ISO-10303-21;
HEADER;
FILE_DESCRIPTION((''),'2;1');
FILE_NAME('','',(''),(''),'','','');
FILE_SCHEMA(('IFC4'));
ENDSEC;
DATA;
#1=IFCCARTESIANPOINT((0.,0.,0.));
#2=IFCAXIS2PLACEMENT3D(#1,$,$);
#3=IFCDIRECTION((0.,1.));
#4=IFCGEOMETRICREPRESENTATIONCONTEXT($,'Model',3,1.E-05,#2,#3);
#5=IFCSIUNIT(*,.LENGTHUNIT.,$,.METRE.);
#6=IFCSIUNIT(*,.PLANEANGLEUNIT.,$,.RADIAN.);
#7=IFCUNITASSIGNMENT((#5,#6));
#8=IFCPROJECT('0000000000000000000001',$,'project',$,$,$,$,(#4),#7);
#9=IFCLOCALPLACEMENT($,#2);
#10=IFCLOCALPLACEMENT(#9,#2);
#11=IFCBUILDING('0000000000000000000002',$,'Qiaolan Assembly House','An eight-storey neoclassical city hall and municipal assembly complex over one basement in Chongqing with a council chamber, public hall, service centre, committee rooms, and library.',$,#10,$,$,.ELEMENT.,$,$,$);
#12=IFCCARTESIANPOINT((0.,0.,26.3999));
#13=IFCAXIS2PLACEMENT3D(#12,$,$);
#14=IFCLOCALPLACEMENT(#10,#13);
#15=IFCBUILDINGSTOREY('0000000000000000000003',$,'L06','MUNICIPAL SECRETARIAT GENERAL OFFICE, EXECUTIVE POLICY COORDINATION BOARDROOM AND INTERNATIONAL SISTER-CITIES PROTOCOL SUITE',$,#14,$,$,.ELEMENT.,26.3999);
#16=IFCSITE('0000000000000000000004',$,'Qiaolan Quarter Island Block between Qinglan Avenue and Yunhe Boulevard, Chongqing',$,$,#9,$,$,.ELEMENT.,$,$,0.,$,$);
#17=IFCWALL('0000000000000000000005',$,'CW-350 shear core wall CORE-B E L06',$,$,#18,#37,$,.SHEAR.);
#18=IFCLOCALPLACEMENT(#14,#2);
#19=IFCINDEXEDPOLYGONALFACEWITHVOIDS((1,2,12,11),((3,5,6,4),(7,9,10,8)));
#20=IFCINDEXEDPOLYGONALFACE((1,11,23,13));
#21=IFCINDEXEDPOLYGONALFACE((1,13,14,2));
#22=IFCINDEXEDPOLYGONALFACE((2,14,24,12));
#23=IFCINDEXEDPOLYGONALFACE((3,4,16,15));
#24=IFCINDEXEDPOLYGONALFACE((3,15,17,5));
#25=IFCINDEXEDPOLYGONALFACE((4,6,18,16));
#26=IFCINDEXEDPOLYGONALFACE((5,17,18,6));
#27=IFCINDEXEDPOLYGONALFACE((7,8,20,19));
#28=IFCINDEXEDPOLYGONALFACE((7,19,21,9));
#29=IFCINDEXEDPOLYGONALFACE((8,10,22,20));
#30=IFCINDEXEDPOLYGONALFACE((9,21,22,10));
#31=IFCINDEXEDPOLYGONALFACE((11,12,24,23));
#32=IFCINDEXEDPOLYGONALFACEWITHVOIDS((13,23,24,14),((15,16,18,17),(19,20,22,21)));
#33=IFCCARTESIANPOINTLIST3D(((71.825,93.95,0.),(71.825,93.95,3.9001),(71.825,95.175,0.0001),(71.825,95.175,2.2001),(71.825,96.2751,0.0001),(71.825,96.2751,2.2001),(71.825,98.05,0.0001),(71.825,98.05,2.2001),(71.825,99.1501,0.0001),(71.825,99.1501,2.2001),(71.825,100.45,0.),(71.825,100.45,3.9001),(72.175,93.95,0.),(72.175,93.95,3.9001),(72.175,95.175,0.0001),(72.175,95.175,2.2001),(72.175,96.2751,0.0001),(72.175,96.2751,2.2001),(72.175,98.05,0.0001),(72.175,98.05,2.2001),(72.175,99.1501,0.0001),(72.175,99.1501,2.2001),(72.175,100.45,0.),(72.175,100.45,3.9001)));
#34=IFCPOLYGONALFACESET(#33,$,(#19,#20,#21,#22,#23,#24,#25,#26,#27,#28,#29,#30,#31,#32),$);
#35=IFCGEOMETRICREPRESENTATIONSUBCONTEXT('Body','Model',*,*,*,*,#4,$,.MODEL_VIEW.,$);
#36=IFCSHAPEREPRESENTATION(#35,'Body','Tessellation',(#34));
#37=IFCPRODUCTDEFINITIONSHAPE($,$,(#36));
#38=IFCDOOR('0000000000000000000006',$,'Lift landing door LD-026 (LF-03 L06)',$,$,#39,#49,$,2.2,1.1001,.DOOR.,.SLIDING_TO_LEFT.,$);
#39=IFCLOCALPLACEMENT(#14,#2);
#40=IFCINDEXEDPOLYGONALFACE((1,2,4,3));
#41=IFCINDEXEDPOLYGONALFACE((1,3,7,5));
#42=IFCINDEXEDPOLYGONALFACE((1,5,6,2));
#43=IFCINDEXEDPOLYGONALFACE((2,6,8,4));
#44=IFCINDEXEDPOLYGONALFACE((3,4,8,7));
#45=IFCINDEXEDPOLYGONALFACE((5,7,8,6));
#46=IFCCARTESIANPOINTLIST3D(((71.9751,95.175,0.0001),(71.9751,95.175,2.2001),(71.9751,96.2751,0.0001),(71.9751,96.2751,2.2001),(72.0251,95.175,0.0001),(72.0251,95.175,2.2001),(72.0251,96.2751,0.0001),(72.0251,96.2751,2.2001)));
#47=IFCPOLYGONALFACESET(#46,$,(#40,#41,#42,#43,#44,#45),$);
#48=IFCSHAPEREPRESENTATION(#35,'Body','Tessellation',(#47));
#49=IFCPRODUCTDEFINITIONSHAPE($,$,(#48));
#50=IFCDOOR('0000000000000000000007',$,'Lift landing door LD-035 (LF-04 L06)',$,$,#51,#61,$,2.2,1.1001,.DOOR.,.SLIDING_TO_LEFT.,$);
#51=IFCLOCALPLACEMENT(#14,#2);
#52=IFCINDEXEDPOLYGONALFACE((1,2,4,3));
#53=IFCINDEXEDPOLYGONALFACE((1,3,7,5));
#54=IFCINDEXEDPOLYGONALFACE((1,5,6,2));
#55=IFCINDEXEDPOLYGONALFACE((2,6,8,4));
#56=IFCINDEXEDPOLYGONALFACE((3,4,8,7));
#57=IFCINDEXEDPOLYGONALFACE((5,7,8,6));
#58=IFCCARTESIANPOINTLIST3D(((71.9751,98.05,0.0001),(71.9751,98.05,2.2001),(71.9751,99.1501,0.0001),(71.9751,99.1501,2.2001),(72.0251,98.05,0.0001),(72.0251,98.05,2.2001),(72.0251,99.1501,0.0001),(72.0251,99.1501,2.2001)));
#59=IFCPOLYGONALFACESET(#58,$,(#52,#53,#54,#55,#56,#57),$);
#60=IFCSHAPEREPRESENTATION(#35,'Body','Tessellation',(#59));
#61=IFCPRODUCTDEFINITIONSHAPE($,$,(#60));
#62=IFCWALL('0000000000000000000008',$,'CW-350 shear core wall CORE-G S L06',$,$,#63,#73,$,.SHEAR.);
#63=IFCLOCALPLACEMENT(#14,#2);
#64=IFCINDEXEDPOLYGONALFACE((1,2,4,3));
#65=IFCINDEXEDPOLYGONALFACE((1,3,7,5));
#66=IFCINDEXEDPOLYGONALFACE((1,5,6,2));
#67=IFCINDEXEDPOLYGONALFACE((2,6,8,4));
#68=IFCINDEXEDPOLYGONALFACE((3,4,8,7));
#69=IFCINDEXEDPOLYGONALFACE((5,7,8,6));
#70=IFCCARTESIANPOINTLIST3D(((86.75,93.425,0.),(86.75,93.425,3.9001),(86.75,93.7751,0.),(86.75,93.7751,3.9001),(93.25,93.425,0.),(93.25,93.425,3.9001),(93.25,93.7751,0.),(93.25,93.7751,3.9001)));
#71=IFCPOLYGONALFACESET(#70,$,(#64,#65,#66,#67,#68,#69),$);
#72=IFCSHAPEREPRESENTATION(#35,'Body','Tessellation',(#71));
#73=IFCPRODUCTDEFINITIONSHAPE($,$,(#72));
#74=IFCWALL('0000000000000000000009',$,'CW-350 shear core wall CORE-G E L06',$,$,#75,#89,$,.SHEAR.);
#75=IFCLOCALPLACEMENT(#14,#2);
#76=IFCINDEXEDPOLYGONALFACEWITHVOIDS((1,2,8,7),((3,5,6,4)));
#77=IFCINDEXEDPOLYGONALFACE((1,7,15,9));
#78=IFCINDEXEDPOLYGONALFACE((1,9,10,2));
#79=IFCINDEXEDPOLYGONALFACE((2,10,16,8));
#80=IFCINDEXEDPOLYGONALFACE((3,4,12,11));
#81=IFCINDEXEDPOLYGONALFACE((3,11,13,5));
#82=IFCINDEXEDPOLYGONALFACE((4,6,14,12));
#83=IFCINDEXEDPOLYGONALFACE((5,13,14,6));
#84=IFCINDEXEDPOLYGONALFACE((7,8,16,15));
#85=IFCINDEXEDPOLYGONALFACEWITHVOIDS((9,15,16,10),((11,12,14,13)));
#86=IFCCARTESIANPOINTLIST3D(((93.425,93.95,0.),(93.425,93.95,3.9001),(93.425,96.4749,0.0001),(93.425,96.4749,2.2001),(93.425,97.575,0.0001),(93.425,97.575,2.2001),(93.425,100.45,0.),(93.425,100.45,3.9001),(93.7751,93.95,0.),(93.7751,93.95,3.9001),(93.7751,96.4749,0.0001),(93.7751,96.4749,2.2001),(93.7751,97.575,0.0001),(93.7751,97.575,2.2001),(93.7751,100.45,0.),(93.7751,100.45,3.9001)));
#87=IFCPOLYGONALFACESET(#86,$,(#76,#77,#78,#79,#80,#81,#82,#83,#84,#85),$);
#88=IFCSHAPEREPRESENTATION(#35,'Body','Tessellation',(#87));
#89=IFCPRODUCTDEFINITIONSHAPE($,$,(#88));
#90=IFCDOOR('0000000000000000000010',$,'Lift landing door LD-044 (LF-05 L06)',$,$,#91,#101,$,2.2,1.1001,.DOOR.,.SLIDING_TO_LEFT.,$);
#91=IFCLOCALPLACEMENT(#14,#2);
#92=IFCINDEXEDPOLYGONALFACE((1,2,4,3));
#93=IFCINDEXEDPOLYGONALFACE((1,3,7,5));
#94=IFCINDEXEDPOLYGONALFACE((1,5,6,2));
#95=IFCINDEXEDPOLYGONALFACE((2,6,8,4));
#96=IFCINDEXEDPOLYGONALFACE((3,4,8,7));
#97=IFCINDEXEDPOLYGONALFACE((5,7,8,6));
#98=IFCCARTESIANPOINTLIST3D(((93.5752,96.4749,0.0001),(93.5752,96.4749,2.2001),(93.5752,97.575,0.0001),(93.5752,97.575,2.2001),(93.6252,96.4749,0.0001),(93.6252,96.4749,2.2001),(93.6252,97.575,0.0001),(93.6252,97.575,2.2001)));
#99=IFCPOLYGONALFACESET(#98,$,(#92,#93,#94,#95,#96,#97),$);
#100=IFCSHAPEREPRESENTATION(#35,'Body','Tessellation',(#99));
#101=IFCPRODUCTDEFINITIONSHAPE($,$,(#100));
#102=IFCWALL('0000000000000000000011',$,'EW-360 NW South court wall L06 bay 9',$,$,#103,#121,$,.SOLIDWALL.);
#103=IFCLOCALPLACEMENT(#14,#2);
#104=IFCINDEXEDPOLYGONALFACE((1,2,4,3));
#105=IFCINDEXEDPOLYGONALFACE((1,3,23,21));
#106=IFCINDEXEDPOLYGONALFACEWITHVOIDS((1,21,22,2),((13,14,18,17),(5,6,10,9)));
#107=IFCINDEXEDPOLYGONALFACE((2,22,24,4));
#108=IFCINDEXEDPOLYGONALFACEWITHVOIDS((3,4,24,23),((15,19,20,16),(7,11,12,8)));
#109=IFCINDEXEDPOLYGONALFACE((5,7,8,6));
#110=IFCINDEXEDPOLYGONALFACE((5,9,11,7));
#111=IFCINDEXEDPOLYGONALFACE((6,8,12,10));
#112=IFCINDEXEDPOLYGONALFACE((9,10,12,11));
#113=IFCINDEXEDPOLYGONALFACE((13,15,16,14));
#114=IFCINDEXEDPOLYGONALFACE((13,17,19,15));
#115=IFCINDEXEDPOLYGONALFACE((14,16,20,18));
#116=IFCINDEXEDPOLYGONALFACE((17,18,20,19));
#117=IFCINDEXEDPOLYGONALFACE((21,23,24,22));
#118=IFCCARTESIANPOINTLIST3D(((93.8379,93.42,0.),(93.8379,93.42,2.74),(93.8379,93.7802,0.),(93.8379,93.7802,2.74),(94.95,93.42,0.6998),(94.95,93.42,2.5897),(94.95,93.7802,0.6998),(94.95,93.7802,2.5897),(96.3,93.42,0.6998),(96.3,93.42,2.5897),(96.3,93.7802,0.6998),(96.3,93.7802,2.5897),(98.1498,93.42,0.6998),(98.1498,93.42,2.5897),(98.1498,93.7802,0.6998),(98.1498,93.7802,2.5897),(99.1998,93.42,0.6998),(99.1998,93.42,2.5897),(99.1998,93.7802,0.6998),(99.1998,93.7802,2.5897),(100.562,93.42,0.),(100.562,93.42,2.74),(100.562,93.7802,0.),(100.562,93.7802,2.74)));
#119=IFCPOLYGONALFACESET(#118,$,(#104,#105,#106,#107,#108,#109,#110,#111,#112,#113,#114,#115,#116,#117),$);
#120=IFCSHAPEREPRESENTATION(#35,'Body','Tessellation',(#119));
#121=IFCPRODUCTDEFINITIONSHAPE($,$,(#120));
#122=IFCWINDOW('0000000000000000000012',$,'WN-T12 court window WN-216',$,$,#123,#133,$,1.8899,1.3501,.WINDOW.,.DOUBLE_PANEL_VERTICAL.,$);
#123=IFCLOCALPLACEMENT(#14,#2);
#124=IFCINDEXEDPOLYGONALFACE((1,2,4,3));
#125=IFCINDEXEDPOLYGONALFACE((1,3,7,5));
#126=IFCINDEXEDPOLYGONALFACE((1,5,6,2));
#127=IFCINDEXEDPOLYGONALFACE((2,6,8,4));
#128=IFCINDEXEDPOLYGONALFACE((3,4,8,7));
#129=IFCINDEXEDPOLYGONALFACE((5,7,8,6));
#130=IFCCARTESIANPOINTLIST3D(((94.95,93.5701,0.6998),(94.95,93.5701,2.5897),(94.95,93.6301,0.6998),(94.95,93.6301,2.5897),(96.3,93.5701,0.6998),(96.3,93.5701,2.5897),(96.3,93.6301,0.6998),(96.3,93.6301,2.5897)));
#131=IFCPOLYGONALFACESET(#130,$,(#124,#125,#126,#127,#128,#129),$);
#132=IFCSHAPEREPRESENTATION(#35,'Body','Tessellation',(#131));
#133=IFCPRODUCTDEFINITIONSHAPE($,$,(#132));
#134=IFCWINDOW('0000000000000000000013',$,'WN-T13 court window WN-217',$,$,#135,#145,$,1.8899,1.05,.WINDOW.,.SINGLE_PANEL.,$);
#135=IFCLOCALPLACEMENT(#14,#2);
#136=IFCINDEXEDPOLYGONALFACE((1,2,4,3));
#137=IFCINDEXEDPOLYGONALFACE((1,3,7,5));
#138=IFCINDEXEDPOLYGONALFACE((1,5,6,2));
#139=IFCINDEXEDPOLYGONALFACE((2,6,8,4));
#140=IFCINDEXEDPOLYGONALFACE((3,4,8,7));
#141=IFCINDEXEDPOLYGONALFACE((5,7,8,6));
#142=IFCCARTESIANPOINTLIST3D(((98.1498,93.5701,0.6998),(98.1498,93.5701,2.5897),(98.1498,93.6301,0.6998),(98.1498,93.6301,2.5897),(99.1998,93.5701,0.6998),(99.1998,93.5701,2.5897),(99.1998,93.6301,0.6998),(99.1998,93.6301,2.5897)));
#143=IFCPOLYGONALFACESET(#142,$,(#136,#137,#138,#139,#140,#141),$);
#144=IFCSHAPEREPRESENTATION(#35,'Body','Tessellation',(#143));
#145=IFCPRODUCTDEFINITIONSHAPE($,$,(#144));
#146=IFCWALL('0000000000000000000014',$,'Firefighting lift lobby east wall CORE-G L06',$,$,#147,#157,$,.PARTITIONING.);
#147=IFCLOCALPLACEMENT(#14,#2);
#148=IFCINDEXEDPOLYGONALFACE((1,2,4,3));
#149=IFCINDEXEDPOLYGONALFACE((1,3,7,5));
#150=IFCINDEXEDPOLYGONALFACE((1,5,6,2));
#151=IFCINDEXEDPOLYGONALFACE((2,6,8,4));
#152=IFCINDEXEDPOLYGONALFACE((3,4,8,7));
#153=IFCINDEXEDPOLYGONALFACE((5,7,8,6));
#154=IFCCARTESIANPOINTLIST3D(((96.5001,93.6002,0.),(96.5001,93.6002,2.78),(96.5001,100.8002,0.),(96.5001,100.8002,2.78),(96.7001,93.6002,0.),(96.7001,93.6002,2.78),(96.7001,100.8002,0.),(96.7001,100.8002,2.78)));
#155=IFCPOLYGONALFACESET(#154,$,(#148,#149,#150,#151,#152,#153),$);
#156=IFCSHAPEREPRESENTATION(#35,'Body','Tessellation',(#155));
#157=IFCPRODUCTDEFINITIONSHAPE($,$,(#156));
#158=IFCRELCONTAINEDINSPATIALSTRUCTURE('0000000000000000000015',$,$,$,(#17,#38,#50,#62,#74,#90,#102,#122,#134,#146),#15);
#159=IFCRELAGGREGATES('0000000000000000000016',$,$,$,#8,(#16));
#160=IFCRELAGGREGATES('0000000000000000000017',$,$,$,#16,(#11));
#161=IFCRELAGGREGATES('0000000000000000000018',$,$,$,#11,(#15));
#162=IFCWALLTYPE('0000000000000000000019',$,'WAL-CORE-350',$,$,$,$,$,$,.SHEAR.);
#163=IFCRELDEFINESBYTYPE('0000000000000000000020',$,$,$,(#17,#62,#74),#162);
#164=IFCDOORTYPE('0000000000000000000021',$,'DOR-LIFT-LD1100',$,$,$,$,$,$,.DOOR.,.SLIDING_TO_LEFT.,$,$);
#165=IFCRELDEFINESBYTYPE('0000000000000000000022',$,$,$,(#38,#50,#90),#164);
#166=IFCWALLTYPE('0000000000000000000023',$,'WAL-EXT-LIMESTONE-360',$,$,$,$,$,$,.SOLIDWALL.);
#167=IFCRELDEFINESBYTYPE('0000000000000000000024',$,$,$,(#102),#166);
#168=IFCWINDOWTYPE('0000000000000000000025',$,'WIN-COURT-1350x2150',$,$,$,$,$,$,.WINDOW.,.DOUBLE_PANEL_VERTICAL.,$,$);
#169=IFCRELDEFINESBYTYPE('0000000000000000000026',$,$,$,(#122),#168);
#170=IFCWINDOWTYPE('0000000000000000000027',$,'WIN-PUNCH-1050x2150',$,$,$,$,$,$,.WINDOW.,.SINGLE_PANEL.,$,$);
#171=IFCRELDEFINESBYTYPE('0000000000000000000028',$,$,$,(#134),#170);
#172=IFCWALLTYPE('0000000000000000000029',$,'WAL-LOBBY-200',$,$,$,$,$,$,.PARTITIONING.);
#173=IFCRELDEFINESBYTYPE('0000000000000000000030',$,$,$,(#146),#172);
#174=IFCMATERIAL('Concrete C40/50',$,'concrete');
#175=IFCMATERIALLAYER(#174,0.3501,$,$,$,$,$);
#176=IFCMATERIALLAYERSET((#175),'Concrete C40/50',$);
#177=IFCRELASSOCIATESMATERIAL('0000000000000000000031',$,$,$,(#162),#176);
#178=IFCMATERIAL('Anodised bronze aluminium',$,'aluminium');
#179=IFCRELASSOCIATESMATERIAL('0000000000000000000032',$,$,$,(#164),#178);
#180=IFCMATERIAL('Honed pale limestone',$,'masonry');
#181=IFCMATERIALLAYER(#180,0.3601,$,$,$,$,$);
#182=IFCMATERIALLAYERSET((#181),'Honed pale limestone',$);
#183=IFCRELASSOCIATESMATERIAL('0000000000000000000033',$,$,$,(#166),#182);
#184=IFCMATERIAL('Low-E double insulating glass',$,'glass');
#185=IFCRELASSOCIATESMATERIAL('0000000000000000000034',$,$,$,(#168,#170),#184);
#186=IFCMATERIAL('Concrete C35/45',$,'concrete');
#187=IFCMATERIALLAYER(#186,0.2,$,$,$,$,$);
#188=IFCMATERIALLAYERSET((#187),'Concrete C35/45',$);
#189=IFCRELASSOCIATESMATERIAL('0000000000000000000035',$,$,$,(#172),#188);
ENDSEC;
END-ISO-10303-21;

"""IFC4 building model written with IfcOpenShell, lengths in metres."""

from ifc_helpers import new_model, si_unit, direction, frame, frame_2d, origin, place, context, subcontext, project, spatial, rectangle, extrude, material, layer, layer_set, type_object, element, fill, save


model = new_model("IFC4")

# Units and contexts
model_context = context("Model", 3, precision=1e-05, world=origin(), true_north=direction((0.0, 1.0)))
body_context = subcontext(model_context, "Body", "Model", "MODEL_VIEW")
ifc_project = project(units=[si_unit("LENGTHUNIT", "METRE"), si_unit("PLANEANGLEUNIT", "RADIAN")], contexts=[model_context])

# Site, building, storey
site_placement = place(None, origin())
site = spatial("IfcSite", under=ifc_project, at=site_placement, Name="Qiaolan Quarter Island Block between Qinglan Avenue and Yunhe Boulevard, Chongqing", CompositionType="ELEMENT", RefElevation=0.0)
building_placement = place(site_placement, origin())
building = spatial("IfcBuilding", under=site, at=building_placement, Name="Qiaolan Assembly House", Description="An eight-storey neoclassical city hall and municipal assembly complex over one basement in Chongqing with a council chamber, public hall, service centre, committee rooms, and library.", CompositionType="ELEMENT")
storey_placement = place(building_placement, frame((0.0, 0.0, 26.3999)))
storey = spatial("IfcBuildingStorey", under=building, at=storey_placement, Name="L06", Description="MUNICIPAL SECRETARIAT GENERAL OFFICE, EXECUTIVE POLICY COORDINATION BOARDROOM AND INTERNATIONAL SISTER-CITIES PROTOCOL SUITE", CompositionType="ELEMENT", Elevation=26.3999)

# Shared definitions
ifc_material_1 = material(Name="Concrete C40/50", Category="concrete")

# Wall, openings, doors
ifc_layer_1 = layer(ifc_material_1, 0.3501)
ifc_layer_set_1 = layer_set([ifc_layer_1], Name="Concrete C40/50")
wall_type_1 = type_object("IfcWallType", Name="WAL-CORE-350", PredefinedType="SHEAR", material=ifc_layer_set_1)
wall_1_placement = place(storey_placement, frame((72.0, 93.95, 0.0), z_axis=(0.0, 0.0, 1.0), x_axis=(0.0, 1.0, 0.0)))
wall_1 = element("IfcWall", 1, at=wall_1_placement, inside=storey, type_object=wall_type_1, Name="CW-350 shear core wall CORE-B E L06", PredefinedType="SHEAR", context=body_context, shape_type="SweptSolid", body=[
    extrude(rectangle(XDim=6.5, YDim=0.3501, at=frame_2d((3.25, 0.0))), origin(), (0.0, 0.0, 1.0), 3.9001),
])
opening_1_placement = place(wall_1_placement, frame((1.2251, 0.0, 0.0)))
opening_1 = element("IfcOpeningElement", 2, at=opening_1_placement, cuts=wall_1, PredefinedType="OPENING", context=body_context, shape_type="SweptSolid", body=[
    extrude(rectangle(XDim=1.1001, YDim=2.2, at=frame_2d((0.55, 1.1001))), frame((0.0, 0.1851, 0.0), z_axis=(0.0, -1.0, 0.0), x_axis=(1.0, 0.0, 0.0)), (0.0, 0.0, 1.0), 0.3701),
])
opening_2_placement = place(wall_1_placement, frame((4.1001, 0.0, 0.0)))
opening_2 = element("IfcOpeningElement", 3, at=opening_2_placement, cuts=wall_1, PredefinedType="OPENING", context=body_context, shape_type="SweptSolid", body=[
    extrude(rectangle(XDim=1.1001, YDim=2.2, at=frame_2d((0.55, 1.1001))), frame((0.0, 0.1851, 0.0), z_axis=(0.0, -1.0, 0.0), x_axis=(1.0, 0.0, 0.0)), (0.0, 0.0, 1.0), 0.3701),
])
ifc_material_2 = material(Name="Anodised bronze aluminium", Category="aluminium")
door_type = type_object("IfcDoorType", Name="DOR-LIFT-LD1100", OperationType="SLIDING_TO_LEFT", PredefinedType="DOOR", material=ifc_material_2)
door_1_placement = place(opening_1_placement, origin())
door_1 = element("IfcDoor", 4, at=door_1_placement, inside=storey, type_object=door_type, Name="Lift landing door LD-026 (LF-03 L06)", OperationType="SLIDING_TO_LEFT", OverallHeight=2.2, OverallWidth=1.1001, PredefinedType="DOOR", context=body_context, shape_type="SweptSolid", body=[
    extrude(rectangle(XDim=1.1001, YDim=2.2, at=frame_2d((0.55, 1.1001))), frame((0.0, 0.0249, 0.0), z_axis=(0.0, -1.0, 0.0), x_axis=(1.0, 0.0, 0.0)), (0.0, 0.0, 1.0), 0.05),
])
fill(opening_1, door_1)
door_2_placement = place(opening_2_placement, origin())
door_2 = element("IfcDoor", 5, at=door_2_placement, inside=storey, type_object=door_type, Name="Lift landing door LD-035 (LF-04 L06)", OperationType="SLIDING_TO_LEFT", OverallHeight=2.2, OverallWidth=1.1001, PredefinedType="DOOR", context=body_context, shape_type="SweptSolid", body=[
    extrude(rectangle(XDim=1.1001, YDim=2.2, at=frame_2d((0.55, 1.1001))), frame((0.0, 0.0249, 0.0), z_axis=(0.0, -1.0, 0.0), x_axis=(1.0, 0.0, 0.0)), (0.0, 0.0, 1.0), 0.05),
])
fill(opening_2, door_2)

# Wall
wall_2_placement = place(storey_placement, frame((86.75, 93.6001, 0.0), z_axis=(0.0, 0.0, 1.0), x_axis=(1.0, 0.0, 0.0)))
element("IfcWall", 6, at=wall_2_placement, inside=storey, type_object=wall_type_1, Name="CW-350 shear core wall CORE-G S L06", PredefinedType="SHEAR", context=body_context, shape_type="SweptSolid", body=[
    extrude(rectangle(XDim=6.5, YDim=0.3501, at=frame_2d((3.25, 0.0))), origin(), (0.0, 0.0, 1.0), 3.9001),
])

# Wall, opening, door
wall_3_placement = place(storey_placement, frame((93.6001, 93.95, 0.0), z_axis=(0.0, 0.0, 1.0), x_axis=(0.0, 1.0, 0.0)))
wall_3 = element("IfcWall", 7, at=wall_3_placement, inside=storey, type_object=wall_type_1, Name="CW-350 shear core wall CORE-G E L06", PredefinedType="SHEAR", context=body_context, shape_type="SweptSolid", body=[
    extrude(rectangle(XDim=6.5, YDim=0.3501, at=frame_2d((3.25, 0.0))), origin(), (0.0, 0.0, 1.0), 3.9001),
])
opening_3_placement = place(wall_3_placement, frame((2.5249, 0.0, 0.0)))
opening_3 = element("IfcOpeningElement", 8, at=opening_3_placement, cuts=wall_3, PredefinedType="OPENING", context=body_context, shape_type="SweptSolid", body=[
    extrude(rectangle(XDim=1.1001, YDim=2.2, at=frame_2d((0.55, 1.1001))), frame((0.0, 0.1851, 0.0), z_axis=(0.0, -1.0, 0.0), x_axis=(1.0, 0.0, 0.0)), (0.0, 0.0, 1.0), 0.3701),
])
door_3_placement = place(opening_3_placement, origin())
door_3 = element("IfcDoor", 9, at=door_3_placement, inside=storey, type_object=door_type, Name="Lift landing door LD-044 (LF-05 L06)", OperationType="SLIDING_TO_LEFT", OverallHeight=2.2, OverallWidth=1.1001, PredefinedType="DOOR", context=body_context, shape_type="SweptSolid", body=[
    extrude(rectangle(XDim=1.1001, YDim=2.2, at=frame_2d((0.55, 1.1001))), frame((0.0, 0.0249, 0.0), z_axis=(0.0, -1.0, 0.0), x_axis=(1.0, 0.0, 0.0)), (0.0, 0.0, 1.0), 0.05),
])
fill(opening_3, door_3)

# Wall, openings, windows
ifc_material_3 = material(Name="Honed pale limestone", Category="masonry")
ifc_layer_2 = layer(ifc_material_3, 0.3601)
ifc_layer_set_2 = layer_set([ifc_layer_2], Name="Honed pale limestone")
wall_type_2 = type_object("IfcWallType", Name="WAL-EXT-LIMESTONE-360", PredefinedType="SOLIDWALL", material=ifc_layer_set_2)
wall_4_placement = place(storey_placement, frame((93.8379, 93.6001, 0.0), z_axis=(0.0, 0.0, 1.0), x_axis=(1.0, 0.0, 0.0)))
wall_4 = element("IfcWall", 10, at=wall_4_placement, inside=storey, type_object=wall_type_2, Name="EW-360 NW South court wall L06 bay 9", PredefinedType="SOLIDWALL", context=body_context, shape_type="SweptSolid", body=[
    extrude(rectangle(XDim=6.7241, YDim=0.3601, at=frame_2d((3.3621, 0.0))), origin(), (0.0, 0.0, 1.0), 2.74),
])
opening_4_placement = place(wall_4_placement, frame((1.1121, 0.0, 0.7)))
opening_4 = element("IfcOpeningElement", 11, at=opening_4_placement, cuts=wall_4, PredefinedType="OPENING", context=body_context, shape_type="SweptSolid", body=[
    extrude(rectangle(XDim=1.3501, YDim=1.8899, at=frame_2d((0.675, 0.9448))), frame((0.0, 0.1899, 0.0), z_axis=(0.0, -1.0, 0.0), x_axis=(1.0, 0.0, 0.0)), (0.0, 0.0, 1.0), 0.3801),
])
opening_5_placement = place(wall_4_placement, frame((4.312, 0.0, 0.7)))
opening_5 = element("IfcOpeningElement", 12, at=opening_5_placement, cuts=wall_4, PredefinedType="OPENING", context=body_context, shape_type="SweptSolid", body=[
    extrude(rectangle(XDim=1.05, YDim=1.8899, at=frame_2d((0.5249, 0.9448))), frame((0.0, 0.1899, 0.0), z_axis=(0.0, -1.0, 0.0), x_axis=(1.0, 0.0, 0.0)), (0.0, 0.0, 1.0), 0.3801),
])
ifc_material_4 = material(Name="Low-E double insulating glass", Category="glass")
window_type_1 = type_object("IfcWindowType", Name="WIN-COURT-1350x2150", PartitioningType="DOUBLE_PANEL_VERTICAL", PredefinedType="WINDOW", material=ifc_material_4)
window_1_placement = place(opening_4_placement, origin())
window_1 = element("IfcWindow", 13, at=window_1_placement, inside=storey, type_object=window_type_1, Name="WN-T12 court window WN-216", OverallHeight=1.8899, OverallWidth=1.3501, PartitioningType="DOUBLE_PANEL_VERTICAL", PredefinedType="WINDOW", context=body_context, shape_type="SweptSolid", body=[
    extrude(rectangle(XDim=1.3501, YDim=1.8899, at=frame_2d((0.675, 0.9448))), frame((0.0, 0.03, 0.0), z_axis=(0.0, -1.0, 0.0), x_axis=(1.0, 0.0, 0.0)), (0.0, 0.0, 1.0), 0.0601),
])
fill(opening_4, window_1)
window_type_2 = type_object("IfcWindowType", Name="WIN-PUNCH-1050x2150", PartitioningType="SINGLE_PANEL", PredefinedType="WINDOW", material=ifc_material_4)
window_2_placement = place(opening_5_placement, origin())
window_2 = element("IfcWindow", 14, at=window_2_placement, inside=storey, type_object=window_type_2, Name="WN-T13 court window WN-217", OverallHeight=1.8899, OverallWidth=1.05, PartitioningType="SINGLE_PANEL", PredefinedType="WINDOW", context=body_context, shape_type="SweptSolid", body=[
    extrude(rectangle(XDim=1.05, YDim=1.8899, at=frame_2d((0.5249, 0.9448))), frame((0.0, 0.03, 0.0), z_axis=(0.0, -1.0, 0.0), x_axis=(1.0, 0.0, 0.0)), (0.0, 0.0, 1.0), 0.0601),
])
fill(opening_5, window_2)

# Wall
ifc_material_5 = material(Name="Concrete C35/45", Category="concrete")
ifc_layer_3 = layer(ifc_material_5, 0.2)
ifc_layer_set_3 = layer_set([ifc_layer_3], Name="Concrete C35/45")
wall_type_3 = type_object("IfcWallType", Name="WAL-LOBBY-200", PredefinedType="PARTITIONING", material=ifc_layer_set_3)
wall_5_placement = place(storey_placement, frame((96.6001, 93.6001, 0.0), z_axis=(0.0, 0.0, 1.0), x_axis=(0.0, 1.0, 0.0)))
element("IfcWall", 15, at=wall_5_placement, inside=storey, type_object=wall_type_3, Name="Firefighting lift lobby east wall CORE-G L06", PredefinedType="PARTITIONING", context=body_context, shape_type="SweptSolid", body=[
    extrude(rectangle(XDim=7.2, YDim=0.2, at=frame_2d((3.6001, 0.0))), origin(), (0.0, 0.0, 1.0), 2.78),
])

save(model, "model.ifc")
